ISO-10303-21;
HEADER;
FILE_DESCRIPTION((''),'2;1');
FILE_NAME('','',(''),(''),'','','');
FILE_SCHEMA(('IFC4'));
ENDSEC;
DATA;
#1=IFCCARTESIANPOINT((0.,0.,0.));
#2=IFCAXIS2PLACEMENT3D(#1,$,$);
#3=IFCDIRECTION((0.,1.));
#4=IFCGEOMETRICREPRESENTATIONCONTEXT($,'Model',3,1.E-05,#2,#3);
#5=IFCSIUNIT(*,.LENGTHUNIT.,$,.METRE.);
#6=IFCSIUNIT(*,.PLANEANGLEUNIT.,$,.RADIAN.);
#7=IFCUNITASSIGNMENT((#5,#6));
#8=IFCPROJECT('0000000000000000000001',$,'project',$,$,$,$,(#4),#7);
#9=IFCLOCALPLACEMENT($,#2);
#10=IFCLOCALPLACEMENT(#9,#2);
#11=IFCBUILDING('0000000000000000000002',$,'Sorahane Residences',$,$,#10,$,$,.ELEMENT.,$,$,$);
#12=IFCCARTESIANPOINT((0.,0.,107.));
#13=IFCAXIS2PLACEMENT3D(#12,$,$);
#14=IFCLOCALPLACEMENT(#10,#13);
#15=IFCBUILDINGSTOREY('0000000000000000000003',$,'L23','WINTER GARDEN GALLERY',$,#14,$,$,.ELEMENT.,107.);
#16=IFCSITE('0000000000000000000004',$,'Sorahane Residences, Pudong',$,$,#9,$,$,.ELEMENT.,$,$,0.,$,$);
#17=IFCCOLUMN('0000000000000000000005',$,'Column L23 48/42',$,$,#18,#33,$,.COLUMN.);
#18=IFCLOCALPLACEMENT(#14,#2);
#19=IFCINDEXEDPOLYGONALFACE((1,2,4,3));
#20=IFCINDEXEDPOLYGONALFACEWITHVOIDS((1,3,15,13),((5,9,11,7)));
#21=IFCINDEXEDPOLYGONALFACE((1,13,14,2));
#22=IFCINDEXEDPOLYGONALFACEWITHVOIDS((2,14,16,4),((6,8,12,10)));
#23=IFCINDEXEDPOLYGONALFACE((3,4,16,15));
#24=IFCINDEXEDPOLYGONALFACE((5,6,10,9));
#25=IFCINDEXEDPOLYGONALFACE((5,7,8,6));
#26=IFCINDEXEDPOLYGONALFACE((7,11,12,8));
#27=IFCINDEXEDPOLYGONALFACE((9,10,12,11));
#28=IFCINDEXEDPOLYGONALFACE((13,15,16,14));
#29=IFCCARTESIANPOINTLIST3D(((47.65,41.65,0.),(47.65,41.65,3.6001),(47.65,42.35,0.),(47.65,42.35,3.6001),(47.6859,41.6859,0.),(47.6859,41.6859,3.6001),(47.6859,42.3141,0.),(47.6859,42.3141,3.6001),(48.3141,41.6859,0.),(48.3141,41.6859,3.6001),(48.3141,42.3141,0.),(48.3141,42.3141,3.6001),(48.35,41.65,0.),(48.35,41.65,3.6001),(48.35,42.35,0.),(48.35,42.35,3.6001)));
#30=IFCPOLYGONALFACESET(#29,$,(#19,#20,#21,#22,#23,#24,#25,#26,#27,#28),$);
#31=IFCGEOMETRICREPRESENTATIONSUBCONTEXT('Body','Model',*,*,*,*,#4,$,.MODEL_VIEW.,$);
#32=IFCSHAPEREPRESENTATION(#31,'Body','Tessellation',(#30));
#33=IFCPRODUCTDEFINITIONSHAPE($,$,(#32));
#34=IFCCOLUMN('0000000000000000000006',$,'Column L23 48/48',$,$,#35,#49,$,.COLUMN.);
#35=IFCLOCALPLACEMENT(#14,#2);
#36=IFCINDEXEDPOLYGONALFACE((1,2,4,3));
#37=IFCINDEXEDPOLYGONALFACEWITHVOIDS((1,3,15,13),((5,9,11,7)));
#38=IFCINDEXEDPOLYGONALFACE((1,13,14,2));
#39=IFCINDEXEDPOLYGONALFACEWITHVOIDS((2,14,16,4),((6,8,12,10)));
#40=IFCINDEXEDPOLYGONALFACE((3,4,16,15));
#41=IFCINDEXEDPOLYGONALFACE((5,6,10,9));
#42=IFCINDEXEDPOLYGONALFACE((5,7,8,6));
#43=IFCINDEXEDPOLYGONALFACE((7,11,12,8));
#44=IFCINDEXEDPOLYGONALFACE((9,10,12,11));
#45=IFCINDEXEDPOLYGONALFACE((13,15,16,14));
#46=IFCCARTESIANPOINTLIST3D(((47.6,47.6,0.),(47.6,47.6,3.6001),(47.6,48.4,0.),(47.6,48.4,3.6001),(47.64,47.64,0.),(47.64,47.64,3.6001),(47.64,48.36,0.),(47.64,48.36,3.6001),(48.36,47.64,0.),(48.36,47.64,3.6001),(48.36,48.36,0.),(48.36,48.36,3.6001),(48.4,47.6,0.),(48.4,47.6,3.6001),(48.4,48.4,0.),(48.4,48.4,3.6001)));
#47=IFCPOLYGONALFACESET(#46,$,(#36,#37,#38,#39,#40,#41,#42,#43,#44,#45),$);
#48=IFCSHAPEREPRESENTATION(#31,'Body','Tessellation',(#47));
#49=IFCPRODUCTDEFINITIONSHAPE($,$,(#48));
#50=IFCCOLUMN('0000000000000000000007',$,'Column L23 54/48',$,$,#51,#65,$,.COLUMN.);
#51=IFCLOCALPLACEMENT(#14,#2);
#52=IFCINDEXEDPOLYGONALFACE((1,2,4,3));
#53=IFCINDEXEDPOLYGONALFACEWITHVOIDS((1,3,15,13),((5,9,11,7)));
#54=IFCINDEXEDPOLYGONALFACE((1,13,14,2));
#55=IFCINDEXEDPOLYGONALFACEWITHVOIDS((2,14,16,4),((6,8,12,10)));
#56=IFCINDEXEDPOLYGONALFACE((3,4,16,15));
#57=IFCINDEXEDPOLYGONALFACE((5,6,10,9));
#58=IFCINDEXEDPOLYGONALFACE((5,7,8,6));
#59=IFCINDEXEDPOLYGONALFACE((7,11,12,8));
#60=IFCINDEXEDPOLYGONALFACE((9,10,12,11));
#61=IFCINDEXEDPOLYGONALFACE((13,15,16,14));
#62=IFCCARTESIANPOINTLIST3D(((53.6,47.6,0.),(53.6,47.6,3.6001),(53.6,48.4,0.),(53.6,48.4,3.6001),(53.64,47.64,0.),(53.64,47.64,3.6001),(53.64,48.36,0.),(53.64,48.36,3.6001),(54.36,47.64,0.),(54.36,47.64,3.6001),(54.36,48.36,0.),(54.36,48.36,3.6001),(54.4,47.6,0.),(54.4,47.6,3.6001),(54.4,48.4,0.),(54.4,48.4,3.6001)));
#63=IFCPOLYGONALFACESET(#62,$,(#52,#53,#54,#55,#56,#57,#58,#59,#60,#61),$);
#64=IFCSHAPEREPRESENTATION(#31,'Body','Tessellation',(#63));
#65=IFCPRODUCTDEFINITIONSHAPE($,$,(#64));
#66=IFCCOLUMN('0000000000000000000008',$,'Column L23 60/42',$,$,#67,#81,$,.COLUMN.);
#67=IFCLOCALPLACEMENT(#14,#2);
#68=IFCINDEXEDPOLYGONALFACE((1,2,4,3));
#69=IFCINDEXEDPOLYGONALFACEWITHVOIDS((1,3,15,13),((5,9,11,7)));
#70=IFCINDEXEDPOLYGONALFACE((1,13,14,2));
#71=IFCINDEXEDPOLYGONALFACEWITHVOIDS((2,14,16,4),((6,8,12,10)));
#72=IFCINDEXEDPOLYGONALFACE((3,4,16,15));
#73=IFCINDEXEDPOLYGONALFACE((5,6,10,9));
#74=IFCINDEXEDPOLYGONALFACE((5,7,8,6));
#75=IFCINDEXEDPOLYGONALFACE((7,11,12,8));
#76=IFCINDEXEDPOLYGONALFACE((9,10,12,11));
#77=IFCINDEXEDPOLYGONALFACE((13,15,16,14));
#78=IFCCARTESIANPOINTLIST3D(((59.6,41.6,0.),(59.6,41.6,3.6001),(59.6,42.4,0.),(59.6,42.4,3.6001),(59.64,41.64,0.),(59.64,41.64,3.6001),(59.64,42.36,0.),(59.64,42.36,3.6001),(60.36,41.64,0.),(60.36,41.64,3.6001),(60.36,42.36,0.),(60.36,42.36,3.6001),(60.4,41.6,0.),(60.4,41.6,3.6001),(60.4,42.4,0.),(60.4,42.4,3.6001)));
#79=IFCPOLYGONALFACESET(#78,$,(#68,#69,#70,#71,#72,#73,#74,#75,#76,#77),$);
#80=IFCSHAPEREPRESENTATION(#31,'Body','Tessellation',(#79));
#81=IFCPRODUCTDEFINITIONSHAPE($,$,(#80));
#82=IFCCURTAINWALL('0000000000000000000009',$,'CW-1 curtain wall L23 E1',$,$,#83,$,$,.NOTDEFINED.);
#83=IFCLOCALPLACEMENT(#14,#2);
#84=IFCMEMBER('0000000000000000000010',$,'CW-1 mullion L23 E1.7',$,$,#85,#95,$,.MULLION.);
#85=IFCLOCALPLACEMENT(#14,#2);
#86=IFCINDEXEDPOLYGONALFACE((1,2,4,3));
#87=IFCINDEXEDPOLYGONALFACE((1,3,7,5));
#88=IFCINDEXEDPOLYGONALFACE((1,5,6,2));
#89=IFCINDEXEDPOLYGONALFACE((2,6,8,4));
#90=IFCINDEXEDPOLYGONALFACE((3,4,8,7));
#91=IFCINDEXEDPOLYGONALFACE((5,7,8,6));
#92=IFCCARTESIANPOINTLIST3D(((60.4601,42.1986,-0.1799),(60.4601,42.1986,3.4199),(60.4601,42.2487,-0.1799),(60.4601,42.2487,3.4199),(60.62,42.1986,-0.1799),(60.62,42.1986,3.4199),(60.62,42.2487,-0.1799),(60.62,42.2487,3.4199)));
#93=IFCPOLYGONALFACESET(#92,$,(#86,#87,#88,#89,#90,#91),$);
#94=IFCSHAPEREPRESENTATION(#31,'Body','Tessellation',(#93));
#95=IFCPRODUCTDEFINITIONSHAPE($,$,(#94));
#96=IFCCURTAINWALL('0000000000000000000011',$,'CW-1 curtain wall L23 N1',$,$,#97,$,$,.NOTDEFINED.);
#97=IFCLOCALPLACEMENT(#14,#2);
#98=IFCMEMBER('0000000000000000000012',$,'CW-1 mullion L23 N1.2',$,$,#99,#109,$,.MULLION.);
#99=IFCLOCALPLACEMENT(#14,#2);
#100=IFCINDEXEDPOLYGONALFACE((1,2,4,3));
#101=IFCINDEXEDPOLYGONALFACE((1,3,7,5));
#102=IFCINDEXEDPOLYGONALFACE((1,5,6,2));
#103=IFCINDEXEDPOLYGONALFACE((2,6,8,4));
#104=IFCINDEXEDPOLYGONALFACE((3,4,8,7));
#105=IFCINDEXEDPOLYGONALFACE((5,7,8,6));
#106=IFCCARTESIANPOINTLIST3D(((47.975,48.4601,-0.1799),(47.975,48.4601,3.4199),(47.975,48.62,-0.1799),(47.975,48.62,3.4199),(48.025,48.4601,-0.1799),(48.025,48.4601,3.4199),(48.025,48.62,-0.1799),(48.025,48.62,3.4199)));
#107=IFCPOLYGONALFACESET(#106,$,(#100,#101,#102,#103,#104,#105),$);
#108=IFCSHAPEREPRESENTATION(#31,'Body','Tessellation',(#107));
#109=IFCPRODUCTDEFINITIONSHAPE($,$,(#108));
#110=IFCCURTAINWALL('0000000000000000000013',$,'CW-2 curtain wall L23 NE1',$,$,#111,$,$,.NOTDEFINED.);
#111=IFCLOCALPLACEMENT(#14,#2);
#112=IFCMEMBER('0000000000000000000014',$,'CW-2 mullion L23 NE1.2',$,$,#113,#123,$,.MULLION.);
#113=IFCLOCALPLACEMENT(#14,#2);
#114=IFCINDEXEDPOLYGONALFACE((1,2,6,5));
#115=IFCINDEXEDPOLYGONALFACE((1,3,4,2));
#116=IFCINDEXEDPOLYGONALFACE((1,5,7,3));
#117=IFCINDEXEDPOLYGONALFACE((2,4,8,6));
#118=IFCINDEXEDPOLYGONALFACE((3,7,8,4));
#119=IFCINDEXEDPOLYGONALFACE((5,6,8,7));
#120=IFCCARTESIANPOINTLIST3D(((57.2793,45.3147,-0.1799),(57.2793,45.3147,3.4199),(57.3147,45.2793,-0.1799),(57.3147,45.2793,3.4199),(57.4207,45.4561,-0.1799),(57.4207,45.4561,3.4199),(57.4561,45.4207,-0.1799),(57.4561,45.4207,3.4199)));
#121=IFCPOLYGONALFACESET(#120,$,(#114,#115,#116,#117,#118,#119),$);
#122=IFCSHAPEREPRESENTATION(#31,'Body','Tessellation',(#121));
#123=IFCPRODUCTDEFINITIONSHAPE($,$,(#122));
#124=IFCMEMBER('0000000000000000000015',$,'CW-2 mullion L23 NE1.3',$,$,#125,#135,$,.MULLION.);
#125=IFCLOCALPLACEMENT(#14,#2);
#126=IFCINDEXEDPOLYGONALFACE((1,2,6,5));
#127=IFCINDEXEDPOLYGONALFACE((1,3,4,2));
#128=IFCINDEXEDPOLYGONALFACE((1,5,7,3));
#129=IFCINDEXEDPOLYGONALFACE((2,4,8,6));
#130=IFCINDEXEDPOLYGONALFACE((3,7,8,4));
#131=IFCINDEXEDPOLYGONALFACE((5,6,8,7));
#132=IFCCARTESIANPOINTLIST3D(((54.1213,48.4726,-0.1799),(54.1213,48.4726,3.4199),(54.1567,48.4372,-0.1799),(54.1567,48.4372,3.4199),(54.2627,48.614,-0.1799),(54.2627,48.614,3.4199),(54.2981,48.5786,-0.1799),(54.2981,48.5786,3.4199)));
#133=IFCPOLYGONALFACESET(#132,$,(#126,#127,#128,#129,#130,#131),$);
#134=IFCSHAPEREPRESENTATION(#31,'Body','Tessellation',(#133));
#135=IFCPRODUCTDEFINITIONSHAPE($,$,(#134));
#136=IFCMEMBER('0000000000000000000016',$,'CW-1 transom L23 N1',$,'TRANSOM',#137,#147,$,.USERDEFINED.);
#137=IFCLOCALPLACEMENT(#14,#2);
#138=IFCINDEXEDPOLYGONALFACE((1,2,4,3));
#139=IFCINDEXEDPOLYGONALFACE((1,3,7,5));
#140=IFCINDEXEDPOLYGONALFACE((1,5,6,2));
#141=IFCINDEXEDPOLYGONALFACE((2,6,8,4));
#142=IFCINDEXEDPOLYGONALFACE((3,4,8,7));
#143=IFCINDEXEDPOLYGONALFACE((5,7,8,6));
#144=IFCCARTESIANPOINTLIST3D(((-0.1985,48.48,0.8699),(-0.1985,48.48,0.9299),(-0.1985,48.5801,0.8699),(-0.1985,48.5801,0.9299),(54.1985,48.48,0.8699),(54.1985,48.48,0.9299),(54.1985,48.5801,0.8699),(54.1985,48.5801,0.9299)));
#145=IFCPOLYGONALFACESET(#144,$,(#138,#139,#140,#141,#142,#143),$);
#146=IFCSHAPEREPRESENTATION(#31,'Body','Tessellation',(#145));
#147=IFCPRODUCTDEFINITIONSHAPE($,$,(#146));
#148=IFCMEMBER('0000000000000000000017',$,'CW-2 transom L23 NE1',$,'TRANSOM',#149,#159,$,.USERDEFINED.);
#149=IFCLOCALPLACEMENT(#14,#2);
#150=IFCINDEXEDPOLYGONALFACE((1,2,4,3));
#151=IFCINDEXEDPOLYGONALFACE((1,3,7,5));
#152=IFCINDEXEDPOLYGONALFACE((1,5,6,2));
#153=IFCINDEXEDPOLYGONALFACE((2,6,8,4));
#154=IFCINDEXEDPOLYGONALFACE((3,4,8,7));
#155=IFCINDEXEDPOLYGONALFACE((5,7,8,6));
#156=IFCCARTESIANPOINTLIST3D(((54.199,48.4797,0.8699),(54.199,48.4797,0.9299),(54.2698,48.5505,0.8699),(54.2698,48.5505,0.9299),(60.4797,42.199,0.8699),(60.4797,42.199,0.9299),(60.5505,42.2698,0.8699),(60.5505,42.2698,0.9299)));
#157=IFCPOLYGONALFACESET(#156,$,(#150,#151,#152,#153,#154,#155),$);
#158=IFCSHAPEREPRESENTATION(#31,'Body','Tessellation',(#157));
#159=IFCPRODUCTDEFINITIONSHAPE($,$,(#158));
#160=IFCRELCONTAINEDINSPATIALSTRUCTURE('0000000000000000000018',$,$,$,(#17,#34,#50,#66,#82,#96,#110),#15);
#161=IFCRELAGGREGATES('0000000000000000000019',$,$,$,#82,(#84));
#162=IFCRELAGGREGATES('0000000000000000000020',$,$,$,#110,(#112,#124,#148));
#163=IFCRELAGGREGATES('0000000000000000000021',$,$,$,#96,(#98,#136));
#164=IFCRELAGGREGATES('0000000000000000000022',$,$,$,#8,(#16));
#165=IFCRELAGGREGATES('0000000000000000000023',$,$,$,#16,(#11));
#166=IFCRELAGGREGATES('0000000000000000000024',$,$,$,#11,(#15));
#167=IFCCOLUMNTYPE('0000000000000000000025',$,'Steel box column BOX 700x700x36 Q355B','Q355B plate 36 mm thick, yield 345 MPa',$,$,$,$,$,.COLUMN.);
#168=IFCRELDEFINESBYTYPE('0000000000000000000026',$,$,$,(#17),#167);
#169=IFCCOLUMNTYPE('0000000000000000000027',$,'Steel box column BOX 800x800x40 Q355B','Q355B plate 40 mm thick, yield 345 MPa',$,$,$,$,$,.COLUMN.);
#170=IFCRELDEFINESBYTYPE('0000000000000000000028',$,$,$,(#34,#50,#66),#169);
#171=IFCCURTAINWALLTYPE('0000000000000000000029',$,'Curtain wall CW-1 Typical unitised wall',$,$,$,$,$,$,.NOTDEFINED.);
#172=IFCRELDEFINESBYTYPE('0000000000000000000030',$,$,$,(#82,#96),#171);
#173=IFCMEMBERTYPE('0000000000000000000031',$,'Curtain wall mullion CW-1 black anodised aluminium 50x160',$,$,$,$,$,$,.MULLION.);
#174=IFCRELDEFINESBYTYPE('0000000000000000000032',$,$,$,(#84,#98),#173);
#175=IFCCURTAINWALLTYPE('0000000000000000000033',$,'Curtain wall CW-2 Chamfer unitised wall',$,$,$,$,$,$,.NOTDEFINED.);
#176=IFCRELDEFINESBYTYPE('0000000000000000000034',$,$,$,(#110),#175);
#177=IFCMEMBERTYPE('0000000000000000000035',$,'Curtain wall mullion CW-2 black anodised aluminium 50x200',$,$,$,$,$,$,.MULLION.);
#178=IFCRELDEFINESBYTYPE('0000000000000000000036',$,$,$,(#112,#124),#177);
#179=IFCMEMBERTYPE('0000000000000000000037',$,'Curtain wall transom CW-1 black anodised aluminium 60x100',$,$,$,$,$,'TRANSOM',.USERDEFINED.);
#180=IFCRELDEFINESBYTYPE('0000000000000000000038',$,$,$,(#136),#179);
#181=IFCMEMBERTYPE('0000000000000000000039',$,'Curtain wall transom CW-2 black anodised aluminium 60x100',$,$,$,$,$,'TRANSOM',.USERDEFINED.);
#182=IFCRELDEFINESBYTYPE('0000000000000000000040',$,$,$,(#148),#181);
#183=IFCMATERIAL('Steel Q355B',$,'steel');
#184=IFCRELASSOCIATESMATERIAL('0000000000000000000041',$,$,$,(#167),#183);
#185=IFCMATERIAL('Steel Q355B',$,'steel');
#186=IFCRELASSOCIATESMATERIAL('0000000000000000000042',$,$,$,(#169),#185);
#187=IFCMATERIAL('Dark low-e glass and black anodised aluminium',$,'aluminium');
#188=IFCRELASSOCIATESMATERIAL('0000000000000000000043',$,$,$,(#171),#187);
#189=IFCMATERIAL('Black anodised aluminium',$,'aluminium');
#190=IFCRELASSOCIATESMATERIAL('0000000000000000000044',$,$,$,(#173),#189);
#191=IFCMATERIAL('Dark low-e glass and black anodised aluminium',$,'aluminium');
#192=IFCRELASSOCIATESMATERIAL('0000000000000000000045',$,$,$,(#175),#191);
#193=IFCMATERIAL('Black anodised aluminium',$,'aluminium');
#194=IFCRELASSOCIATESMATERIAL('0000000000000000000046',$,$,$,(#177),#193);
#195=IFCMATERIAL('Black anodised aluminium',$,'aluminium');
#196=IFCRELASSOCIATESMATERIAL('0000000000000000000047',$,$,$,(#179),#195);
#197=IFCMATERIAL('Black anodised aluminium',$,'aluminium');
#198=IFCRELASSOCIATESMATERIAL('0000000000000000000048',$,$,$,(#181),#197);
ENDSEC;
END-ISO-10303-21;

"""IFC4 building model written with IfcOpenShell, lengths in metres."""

from ifc_helpers import new_model, si_unit, direction, frame, origin, origin_2d, place, context, subcontext, project, spatial, rectangle, hollow_rectangle, extrude, material, material_profile, profile_set, type_object, element, aggregate, save


model = new_model("IFC4")

# Units and contexts
model_context = context("Model", 3, precision=1e-05, world=origin(), true_north=direction((0.0, 1.0)))
body_context = subcontext(model_context, "Body", "Model", "MODEL_VIEW")
ifc_project = project(units=[si_unit("LENGTHUNIT", "METRE"), si_unit("PLANEANGLEUNIT", "RADIAN")], contexts=[model_context])

# Site, building, storey
site_placement = place(None, origin())
site = spatial("IfcSite", under=ifc_project, at=site_placement, Name="Sorahane Residences, Pudong", CompositionType="ELEMENT", RefElevation=0.0)
building_placement = place(site_placement, origin())
building = spatial("IfcBuilding", under=site, at=building_placement, Name="Sorahane Residences", CompositionType="ELEMENT")
storey_placement = place(building_placement, frame((0.0, 0.0, 107.0)))
storey = spatial("IfcBuildingStorey", under=building, at=storey_placement, Name="L23", Description="WINTER GARDEN GALLERY", CompositionType="ELEMENT", Elevation=107.0)

# Columns
ifc_material_1 = material(Name="Steel Q355B", Category="steel")
ifc_material_profile_1 = material_profile(ifc_material_1, hollow_rectangle(XDim=0.7, YDim=0.7, WallThickness=0.0359, at=origin_2d()), Name="BOX 700x700x36")
ifc_profile_set_1 = profile_set([ifc_material_profile_1], Name="Steel Q355B")
column_type_1 = type_object("IfcColumnType", Name="Steel box column BOX 700x700x36 Q355B", Description="Q355B plate 36 mm thick, yield 345 MPa", PredefinedType="COLUMN", material=ifc_profile_set_1)
column_placement = place(storey_placement, frame((48.0, 42.0, 0.0), z_axis=(0.0, 0.0, 1.0), x_axis=(1.0, 0.0, 0.0)))
element("IfcColumn", 1, at=column_placement, inside=storey, type_object=column_type_1, Name="Column L23 48/42", PredefinedType="COLUMN", context=body_context, shape_type="SweptSolid", body=[
    extrude(hollow_rectangle(XDim=0.7, YDim=0.7, WallThickness=0.0359, at=origin_2d()), origin(), (0.0, 0.0, 1.0), 3.6001),
])
ifc_material_2 = material(Name="Steel Q355B", Category="steel")
ifc_material_profile_2 = material_profile(ifc_material_2, hollow_rectangle(XDim=0.8, YDim=0.8, WallThickness=0.04, at=origin_2d()), Name="BOX 800x800x40")
ifc_profile_set_2 = profile_set([ifc_material_profile_2], Name="Steel Q355B")
column_type_2 = type_object("IfcColumnType", Name="Steel box column BOX 800x800x40 Q355B", Description="Q355B plate 40 mm thick, yield 345 MPa", PredefinedType="COLUMN", material=ifc_profile_set_2)
for number, where, z_axis, x_axis, name in (
    (2, (48.0, 48.0, 0.0), (0.0, 0.0, 1.0), (1.0, 0.0, 0.0), "Column L23 48/48"),
    (3, (54.0, 48.0, 0.0), (0.0, 0.0, 1.0), (1.0, 0.0, 0.0), "Column L23 54/48"),
    (4, (60.0, 42.0, 0.0), (0.0, 0.0, 1.0), (1.0, 0.0, 0.0), "Column L23 60/42"),
):
    element("IfcColumn", number, at=place(storey_placement, frame(where, z_axis=z_axis, x_axis=x_axis)), inside=storey, type_object=column_type_2, Name=name, PredefinedType="COLUMN", context=body_context, shape_type="SweptSolid", body=[
        extrude(hollow_rectangle(XDim=0.8, YDim=0.8, WallThickness=0.04, at=origin_2d()), origin(), (0.0, 0.0, 1.0), 3.6001),
    ])

# Curtain walls, members
ifc_material_3 = material(Name="Dark low-e glass and black anodised aluminium", Category="aluminium")
curtain_wall_type_1 = type_object("IfcCurtainWallType", Name="Curtain wall CW-1 Typical unitised wall", PredefinedType="NOTDEFINED", material=ifc_material_3)
curtain_wall_1_placement = place(storey_placement, origin())
curtain_wall_1 = element("IfcCurtainWall", 5, at=curtain_wall_1_placement, inside=storey, type_object=curtain_wall_type_1, Name="CW-1 curtain wall L23 E1", PredefinedType="NOTDEFINED")
ifc_material_4 = material(Name="Black anodised aluminium", Category="aluminium")
ifc_material_profile_3 = material_profile(ifc_material_4, rectangle(XDim=0.1599, YDim=0.05, at=origin_2d()), Name="Curtain wall mullion CW-1 black anodised aluminium 50x160")
ifc_profile_set_3 = profile_set([ifc_material_profile_3], Name="Black anodised aluminium")
member_type_1 = type_object("IfcMemberType", Name="Curtain wall mullion CW-1 black anodised aluminium 50x160", PredefinedType="MULLION", material=ifc_profile_set_3)
member_1_placement = place(storey_placement, frame((60.54, 42.2236, -0.1799), z_axis=(0.0, 0.0, 1.0), x_axis=(1.0, 0.0, 0.0)))
member_1 = element("IfcMember", 6, at=member_1_placement, type_object=member_type_1, Name="CW-1 mullion L23 E1.7", PredefinedType="MULLION", context=body_context, shape_type="SweptSolid", body=[
    extrude(rectangle(XDim=0.1599, YDim=0.05, at=origin_2d()), origin(), (0.0, 0.0, 1.0), 3.5999),
])
curtain_wall_2_placement = place(storey_placement, origin())
curtain_wall_2 = element("IfcCurtainWall", 7, at=curtain_wall_2_placement, inside=storey, type_object=curtain_wall_type_1, Name="CW-1 curtain wall L23 N1", PredefinedType="NOTDEFINED")
member_2_placement = place(storey_placement, frame((48.0, 48.54, -0.1799), z_axis=(0.0, 0.0, 1.0), x_axis=(0.0, 1.0, 0.0)))
member_2 = element("IfcMember", 8, at=member_2_placement, type_object=member_type_1, Name="CW-1 mullion L23 N1.2", PredefinedType="MULLION", context=body_context, shape_type="SweptSolid", body=[
    extrude(rectangle(XDim=0.1599, YDim=0.05, at=origin_2d()), origin(), (0.0, 0.0, 1.0), 3.5999),
])

# Curtain wall, members
ifc_material_5 = material(Name="Dark low-e glass and black anodised aluminium", Category="aluminium")
curtain_wall_type_2 = type_object("IfcCurtainWallType", Name="Curtain wall CW-2 Chamfer unitised wall", PredefinedType="NOTDEFINED", material=ifc_material_5)
curtain_wall_3_placement = place(storey_placement, origin())
curtain_wall_3 = element("IfcCurtainWall", 9, at=curtain_wall_3_placement, inside=storey, type_object=curtain_wall_type_2, Name="CW-2 curtain wall L23 NE1", PredefinedType="NOTDEFINED")
ifc_material_6 = material(Name="Black anodised aluminium", Category="aluminium")
ifc_material_profile_4 = material_profile(ifc_material_6, rectangle(XDim=0.2, YDim=0.05, at=origin_2d()), Name="Curtain wall mullion CW-2 black anodised aluminium 50x200")
ifc_profile_set_4 = profile_set([ifc_material_profile_4], Name="Black anodised aluminium")
member_type_2 = type_object("IfcMemberType", Name="Curtain wall mullion CW-2 black anodised aluminium 50x200", PredefinedType="MULLION", material=ifc_profile_set_4)
member_3_placement = place(storey_placement, frame((57.3677, 45.3677, -0.1799), z_axis=(0.0, 0.0, 1.0), x_axis=(0.707107, 0.707107, 0.0)))
member_3 = element("IfcMember", 10, at=member_3_placement, type_object=member_type_2, Name="CW-2 mullion L23 NE1.2", PredefinedType="MULLION", context=body_context, shape_type="SweptSolid", body=[
    extrude(rectangle(XDim=0.2, YDim=0.05, at=origin_2d()), origin(), (0.0, 0.0, 1.0), 3.5999),
])
member_4_placement = place(storey_placement, frame((54.2097, 48.5256, -0.1799), z_axis=(0.0, 0.0, 1.0), x_axis=(0.707107, 0.707107, 0.0)))
member_4 = element("IfcMember", 11, at=member_4_placement, type_object=member_type_2, Name="CW-2 mullion L23 NE1.3", PredefinedType="MULLION", context=body_context, shape_type="SweptSolid", body=[
    extrude(rectangle(XDim=0.2, YDim=0.05, at=origin_2d()), origin(), (0.0, 0.0, 1.0), 3.5999),
])

# Members
ifc_material_7 = material(Name="Black anodised aluminium", Category="aluminium")
ifc_material_profile_5 = material_profile(ifc_material_7, rectangle(XDim=0.1001, YDim=0.0601, at=origin_2d()), Name="Curtain wall transom CW-1 black anodised aluminium 60x100")
ifc_profile_set_5 = profile_set([ifc_material_profile_5], Name="Black anodised aluminium")
member_type_3 = type_object("IfcMemberType", Name="Curtain wall transom CW-1 black anodised aluminium 60x100", ElementType="TRANSOM", PredefinedType="USERDEFINED", material=ifc_profile_set_5)
member_5_placement = place(storey_placement, frame((54.1985, 48.53, 0.8999), z_axis=(-1.0, 0.0, 0.0), x_axis=(0.0, -1.0, 0.0)))
member_5 = element("IfcMember", 12, at=member_5_placement, type_object=member_type_3, Name="CW-1 transom L23 N1", ObjectType="TRANSOM", PredefinedType="USERDEFINED", context=body_context, shape_type="SweptSolid", body=[
    extrude(rectangle(XDim=0.1001, YDim=0.0601, at=origin_2d()), origin(), (0.0, 0.0, 1.0), 54.397),
])
ifc_material_8 = material(Name="Black anodised aluminium", Category="aluminium")
ifc_material_profile_6 = material_profile(ifc_material_8, rectangle(XDim=0.1001, YDim=0.0601, at=origin_2d()), Name="Curtain wall transom CW-2 black anodised aluminium 60x100")
ifc_profile_set_6 = profile_set([ifc_material_profile_6], Name="Black anodised aluminium")
member_type_4 = type_object("IfcMemberType", Name="Curtain wall transom CW-2 black anodised aluminium 60x100", ElementType="TRANSOM", PredefinedType="USERDEFINED", material=ifc_profile_set_6)
member_6_placement = place(storey_placement, frame((60.5151, 42.2344, 0.8999), z_axis=(-0.707107, 0.707107, 0.0), x_axis=(-0.707107, -0.707107, 0.0)))
member_6 = element("IfcMember", 13, at=member_6_placement, type_object=member_type_4, Name="CW-2 transom L23 NE1", ObjectType="TRANSOM", PredefinedType="USERDEFINED", context=body_context, shape_type="SweptSolid", body=[
    extrude(rectangle(XDim=0.1001, YDim=0.0601, at=origin_2d()), origin(), (0.0, 0.0, 1.0), 8.8823),
])

aggregate(curtain_wall_1, [member_1])
aggregate(curtain_wall_3, [member_3, member_4, member_6])
aggregate(curtain_wall_2, [member_2, member_5])

save(model, "model.ifc")
